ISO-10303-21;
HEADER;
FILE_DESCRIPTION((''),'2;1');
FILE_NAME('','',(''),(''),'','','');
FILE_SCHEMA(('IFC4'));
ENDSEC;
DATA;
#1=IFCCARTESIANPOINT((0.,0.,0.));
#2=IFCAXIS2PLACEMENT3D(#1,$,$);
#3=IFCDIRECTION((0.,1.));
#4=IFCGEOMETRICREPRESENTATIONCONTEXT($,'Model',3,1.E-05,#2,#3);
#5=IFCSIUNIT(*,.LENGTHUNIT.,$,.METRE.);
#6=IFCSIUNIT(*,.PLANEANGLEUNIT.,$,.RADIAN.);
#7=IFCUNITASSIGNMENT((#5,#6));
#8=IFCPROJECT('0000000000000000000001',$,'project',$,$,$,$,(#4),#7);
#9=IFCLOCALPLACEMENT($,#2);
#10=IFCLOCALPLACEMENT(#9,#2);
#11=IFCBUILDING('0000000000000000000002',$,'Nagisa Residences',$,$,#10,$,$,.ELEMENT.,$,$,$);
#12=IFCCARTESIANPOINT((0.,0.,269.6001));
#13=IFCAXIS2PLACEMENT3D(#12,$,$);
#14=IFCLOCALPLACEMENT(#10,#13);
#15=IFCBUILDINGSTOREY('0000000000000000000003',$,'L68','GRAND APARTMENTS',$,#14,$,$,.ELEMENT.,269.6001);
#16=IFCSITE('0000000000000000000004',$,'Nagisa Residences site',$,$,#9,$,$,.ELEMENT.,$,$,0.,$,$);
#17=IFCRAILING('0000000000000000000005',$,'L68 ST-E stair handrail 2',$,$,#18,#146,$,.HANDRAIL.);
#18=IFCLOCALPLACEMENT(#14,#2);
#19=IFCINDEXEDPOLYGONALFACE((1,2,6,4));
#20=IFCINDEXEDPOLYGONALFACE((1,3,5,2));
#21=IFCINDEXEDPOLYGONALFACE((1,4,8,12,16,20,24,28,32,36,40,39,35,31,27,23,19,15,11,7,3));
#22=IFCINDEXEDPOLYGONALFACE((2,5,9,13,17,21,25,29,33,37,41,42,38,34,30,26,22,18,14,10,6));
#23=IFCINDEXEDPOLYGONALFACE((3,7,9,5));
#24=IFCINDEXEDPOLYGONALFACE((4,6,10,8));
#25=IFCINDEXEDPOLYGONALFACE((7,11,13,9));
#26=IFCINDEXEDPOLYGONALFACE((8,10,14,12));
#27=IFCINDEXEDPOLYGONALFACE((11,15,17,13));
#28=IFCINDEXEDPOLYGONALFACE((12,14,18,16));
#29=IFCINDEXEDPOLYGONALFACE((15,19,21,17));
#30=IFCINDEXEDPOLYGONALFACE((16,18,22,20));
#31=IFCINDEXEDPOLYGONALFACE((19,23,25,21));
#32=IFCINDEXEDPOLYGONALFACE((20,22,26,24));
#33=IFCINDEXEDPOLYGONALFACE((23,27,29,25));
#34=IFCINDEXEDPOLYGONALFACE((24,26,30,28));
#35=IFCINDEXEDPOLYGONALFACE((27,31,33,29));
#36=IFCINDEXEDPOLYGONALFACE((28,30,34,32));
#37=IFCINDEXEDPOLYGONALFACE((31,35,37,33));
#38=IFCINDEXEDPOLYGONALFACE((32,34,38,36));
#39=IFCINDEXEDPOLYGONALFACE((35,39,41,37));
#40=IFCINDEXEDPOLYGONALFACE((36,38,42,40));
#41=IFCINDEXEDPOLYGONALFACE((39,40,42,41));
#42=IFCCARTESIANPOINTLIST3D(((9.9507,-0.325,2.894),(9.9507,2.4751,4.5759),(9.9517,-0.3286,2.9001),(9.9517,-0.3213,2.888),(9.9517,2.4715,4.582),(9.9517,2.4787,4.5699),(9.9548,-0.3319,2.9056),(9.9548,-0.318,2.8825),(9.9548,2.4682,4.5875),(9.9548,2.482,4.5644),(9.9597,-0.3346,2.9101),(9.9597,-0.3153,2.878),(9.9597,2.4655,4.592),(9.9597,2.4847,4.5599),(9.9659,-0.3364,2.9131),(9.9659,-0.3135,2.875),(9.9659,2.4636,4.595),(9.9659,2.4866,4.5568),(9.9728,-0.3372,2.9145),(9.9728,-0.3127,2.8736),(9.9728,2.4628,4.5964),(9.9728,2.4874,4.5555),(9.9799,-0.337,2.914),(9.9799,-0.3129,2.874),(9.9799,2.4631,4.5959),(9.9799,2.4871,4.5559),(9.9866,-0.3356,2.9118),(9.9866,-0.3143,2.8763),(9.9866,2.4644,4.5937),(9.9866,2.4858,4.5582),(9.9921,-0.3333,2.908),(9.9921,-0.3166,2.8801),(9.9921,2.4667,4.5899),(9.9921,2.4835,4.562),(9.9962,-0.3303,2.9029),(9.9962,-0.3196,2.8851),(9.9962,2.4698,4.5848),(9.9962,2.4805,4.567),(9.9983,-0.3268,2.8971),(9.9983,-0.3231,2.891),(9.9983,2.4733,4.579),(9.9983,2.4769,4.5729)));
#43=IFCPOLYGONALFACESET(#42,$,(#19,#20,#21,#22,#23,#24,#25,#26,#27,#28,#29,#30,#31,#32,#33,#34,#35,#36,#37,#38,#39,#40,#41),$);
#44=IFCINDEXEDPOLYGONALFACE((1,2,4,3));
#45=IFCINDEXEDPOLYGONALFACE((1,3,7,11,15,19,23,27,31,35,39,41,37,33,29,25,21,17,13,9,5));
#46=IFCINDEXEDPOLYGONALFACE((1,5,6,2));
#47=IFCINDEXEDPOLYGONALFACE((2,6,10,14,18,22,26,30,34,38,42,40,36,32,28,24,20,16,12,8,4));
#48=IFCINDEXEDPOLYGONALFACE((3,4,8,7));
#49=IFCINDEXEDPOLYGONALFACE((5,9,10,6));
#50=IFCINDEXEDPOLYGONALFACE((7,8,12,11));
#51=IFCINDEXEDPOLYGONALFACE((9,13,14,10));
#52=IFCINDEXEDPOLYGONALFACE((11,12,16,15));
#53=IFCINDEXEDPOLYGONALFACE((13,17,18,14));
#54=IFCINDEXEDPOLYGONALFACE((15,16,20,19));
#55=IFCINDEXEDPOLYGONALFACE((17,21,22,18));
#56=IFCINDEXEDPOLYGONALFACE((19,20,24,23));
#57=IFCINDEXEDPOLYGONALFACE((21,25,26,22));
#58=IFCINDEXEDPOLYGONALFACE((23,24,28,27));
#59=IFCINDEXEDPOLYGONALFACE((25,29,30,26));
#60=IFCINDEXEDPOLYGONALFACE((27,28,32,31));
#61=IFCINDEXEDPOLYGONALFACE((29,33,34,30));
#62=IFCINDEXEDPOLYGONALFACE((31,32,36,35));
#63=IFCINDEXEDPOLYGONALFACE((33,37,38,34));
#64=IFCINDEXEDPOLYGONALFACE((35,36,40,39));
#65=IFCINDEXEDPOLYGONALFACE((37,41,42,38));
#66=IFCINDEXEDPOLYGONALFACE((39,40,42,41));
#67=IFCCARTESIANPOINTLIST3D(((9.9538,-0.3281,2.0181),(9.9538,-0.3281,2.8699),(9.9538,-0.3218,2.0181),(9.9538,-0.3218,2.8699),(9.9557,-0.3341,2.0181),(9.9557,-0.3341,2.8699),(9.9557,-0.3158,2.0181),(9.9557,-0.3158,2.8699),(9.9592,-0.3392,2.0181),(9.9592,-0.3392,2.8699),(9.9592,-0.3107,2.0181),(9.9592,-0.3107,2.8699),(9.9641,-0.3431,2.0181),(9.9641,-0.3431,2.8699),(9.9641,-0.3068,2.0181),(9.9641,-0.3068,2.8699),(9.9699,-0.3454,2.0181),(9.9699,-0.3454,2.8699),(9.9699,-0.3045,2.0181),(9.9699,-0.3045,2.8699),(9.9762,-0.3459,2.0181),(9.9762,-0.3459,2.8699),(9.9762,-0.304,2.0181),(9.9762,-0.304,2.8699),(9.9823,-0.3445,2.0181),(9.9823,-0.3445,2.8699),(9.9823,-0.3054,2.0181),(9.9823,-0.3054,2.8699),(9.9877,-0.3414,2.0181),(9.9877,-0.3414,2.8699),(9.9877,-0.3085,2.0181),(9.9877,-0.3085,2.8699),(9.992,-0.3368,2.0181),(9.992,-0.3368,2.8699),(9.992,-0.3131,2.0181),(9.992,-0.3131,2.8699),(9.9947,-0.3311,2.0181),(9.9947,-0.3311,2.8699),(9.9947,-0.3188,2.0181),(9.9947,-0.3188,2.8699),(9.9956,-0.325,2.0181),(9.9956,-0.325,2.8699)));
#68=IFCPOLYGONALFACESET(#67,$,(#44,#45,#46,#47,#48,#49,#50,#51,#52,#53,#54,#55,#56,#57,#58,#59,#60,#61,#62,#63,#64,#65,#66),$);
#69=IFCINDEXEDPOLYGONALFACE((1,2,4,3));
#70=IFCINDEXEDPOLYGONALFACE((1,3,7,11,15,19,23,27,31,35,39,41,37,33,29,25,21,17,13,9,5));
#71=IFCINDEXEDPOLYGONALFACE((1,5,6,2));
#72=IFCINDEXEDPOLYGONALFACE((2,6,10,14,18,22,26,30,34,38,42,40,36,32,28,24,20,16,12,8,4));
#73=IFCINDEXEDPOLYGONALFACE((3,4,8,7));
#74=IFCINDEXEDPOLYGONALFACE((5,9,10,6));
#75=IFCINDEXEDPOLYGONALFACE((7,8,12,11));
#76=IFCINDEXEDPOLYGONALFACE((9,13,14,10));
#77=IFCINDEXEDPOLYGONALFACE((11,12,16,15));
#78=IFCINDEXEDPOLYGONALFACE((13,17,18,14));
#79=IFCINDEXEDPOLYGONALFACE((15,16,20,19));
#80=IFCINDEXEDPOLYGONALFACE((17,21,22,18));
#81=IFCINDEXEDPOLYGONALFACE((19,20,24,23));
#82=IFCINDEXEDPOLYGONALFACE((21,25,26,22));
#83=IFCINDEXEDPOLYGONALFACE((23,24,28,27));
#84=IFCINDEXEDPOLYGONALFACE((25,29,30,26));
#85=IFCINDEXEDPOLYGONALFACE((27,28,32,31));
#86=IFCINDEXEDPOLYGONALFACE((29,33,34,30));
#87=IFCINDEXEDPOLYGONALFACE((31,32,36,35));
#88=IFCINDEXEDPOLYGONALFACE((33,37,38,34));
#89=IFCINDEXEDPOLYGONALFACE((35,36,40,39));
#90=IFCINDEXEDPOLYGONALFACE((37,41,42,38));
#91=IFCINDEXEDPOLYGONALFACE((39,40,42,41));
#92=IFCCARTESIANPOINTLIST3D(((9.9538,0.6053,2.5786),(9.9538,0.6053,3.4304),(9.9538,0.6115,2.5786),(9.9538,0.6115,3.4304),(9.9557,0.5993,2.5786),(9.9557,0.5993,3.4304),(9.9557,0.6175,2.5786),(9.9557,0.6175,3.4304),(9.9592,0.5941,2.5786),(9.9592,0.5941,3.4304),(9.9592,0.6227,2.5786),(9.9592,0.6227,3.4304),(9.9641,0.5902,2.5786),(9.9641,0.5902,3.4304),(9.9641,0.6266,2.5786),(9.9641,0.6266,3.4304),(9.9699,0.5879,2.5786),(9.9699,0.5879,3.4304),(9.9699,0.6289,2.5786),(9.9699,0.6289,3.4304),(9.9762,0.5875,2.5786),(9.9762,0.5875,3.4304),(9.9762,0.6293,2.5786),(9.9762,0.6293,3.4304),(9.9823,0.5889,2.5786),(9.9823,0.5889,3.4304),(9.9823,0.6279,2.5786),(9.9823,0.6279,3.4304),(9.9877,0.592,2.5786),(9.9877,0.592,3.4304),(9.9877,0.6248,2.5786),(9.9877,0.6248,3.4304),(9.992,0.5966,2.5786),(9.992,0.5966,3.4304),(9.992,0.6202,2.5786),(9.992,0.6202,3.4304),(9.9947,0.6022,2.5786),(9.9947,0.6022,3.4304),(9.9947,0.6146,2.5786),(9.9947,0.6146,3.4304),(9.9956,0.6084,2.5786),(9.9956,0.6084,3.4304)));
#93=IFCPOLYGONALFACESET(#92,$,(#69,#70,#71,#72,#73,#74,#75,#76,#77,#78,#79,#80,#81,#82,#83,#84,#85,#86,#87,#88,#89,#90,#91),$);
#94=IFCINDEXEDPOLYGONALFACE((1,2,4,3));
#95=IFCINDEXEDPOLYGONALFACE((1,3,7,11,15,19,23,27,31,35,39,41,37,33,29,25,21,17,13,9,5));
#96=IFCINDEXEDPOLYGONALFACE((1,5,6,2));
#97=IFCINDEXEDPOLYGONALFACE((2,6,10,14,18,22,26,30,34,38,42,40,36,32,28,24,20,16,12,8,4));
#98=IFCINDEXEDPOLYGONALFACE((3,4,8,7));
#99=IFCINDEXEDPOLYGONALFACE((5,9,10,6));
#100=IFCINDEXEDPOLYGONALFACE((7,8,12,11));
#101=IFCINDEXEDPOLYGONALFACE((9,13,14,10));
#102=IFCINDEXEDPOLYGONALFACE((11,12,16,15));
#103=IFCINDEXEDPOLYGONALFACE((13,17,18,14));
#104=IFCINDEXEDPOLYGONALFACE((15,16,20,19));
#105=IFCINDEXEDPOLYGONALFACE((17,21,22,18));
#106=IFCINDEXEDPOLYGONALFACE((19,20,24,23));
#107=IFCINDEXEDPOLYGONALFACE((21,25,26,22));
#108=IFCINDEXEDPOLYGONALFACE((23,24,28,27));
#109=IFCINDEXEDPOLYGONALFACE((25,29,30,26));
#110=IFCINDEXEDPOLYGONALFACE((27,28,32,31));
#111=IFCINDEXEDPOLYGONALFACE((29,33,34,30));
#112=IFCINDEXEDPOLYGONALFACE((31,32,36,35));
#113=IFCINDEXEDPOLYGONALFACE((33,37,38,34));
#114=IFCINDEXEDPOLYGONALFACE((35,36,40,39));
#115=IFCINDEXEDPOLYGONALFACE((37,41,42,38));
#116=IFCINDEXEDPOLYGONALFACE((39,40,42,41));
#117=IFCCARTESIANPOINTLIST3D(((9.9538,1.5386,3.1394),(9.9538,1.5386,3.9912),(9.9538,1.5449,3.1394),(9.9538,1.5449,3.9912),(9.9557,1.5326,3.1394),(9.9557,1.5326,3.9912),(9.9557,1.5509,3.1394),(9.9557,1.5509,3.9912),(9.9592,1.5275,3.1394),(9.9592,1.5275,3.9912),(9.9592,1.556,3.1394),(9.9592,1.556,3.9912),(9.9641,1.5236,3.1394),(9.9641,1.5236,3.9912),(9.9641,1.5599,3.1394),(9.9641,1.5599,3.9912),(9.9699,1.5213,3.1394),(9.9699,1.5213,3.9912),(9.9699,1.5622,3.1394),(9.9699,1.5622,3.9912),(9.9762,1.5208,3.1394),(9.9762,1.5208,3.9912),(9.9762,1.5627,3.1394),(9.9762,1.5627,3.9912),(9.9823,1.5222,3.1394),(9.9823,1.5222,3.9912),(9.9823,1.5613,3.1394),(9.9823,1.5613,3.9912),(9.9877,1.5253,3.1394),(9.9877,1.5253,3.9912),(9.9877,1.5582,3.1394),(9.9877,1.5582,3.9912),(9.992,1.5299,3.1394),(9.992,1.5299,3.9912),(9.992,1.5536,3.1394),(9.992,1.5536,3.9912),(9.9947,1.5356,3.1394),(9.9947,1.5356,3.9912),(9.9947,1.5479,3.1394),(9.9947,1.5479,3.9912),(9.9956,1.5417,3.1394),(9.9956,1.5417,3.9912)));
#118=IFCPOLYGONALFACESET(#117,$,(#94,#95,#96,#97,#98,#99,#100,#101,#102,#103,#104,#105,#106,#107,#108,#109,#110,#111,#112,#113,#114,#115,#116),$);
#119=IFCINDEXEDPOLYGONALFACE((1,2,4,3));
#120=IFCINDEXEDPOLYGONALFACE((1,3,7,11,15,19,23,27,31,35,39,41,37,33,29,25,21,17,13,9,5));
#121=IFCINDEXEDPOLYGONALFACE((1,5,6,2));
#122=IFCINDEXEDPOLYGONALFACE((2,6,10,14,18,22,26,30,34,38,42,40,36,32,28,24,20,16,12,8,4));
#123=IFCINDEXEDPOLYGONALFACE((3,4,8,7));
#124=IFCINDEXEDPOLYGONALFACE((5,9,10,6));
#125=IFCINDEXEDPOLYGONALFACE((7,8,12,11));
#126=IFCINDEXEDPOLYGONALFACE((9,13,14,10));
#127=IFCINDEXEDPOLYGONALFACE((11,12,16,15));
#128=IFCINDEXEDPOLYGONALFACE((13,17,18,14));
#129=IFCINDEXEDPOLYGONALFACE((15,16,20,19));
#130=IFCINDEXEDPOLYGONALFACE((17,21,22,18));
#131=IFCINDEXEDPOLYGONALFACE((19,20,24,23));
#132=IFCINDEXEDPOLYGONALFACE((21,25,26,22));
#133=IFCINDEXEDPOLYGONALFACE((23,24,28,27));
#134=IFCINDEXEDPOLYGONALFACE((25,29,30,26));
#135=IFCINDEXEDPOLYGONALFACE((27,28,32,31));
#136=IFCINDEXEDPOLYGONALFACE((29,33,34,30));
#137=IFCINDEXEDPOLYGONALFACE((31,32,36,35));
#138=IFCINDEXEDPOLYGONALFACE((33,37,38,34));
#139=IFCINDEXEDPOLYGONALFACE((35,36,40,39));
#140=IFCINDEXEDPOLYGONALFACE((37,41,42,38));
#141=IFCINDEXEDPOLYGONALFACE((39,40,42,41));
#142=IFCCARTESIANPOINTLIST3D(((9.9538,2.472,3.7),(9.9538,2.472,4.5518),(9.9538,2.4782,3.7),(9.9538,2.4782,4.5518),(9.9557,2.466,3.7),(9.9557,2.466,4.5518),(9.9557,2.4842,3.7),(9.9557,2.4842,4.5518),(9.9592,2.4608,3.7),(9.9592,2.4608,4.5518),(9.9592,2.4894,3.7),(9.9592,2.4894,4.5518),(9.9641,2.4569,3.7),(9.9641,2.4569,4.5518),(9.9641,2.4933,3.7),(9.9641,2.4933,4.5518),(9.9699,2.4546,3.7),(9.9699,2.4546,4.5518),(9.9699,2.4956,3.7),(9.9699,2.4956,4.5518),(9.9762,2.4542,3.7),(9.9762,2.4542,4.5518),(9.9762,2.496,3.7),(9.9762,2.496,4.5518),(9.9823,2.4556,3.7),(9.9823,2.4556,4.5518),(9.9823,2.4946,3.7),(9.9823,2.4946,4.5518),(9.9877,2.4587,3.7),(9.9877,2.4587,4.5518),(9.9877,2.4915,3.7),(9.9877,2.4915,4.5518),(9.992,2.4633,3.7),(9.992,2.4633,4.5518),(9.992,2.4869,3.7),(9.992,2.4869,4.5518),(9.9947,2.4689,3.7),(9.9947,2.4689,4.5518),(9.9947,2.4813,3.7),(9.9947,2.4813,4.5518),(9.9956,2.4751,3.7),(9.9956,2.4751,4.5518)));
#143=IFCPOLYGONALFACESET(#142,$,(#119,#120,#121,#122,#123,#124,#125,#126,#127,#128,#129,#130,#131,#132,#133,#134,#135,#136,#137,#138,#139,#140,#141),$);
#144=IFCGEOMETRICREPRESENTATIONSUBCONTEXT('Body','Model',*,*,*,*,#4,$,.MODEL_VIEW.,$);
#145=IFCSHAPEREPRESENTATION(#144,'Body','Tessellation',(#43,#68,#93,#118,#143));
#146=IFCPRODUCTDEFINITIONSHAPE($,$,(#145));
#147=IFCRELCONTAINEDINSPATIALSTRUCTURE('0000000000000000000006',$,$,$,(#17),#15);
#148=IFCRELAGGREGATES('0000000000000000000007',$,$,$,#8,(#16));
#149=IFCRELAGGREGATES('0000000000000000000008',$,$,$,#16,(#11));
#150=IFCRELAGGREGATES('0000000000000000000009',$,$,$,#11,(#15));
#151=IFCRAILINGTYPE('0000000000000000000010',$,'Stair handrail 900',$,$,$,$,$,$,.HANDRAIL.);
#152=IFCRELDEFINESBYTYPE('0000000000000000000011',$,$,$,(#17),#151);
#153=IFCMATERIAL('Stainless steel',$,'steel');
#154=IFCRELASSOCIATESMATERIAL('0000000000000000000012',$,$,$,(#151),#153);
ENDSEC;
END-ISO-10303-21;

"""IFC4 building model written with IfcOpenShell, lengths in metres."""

from ifc_helpers import new_model, si_unit, direction, frame, origin, origin_2d, place, context, subcontext, project, spatial, circle, extrude, material, type_object, element, save


model = new_model("IFC4")

# Units and contexts
model_context = context("Model", 3, precision=1e-05, world=origin(), true_north=direction((0.0, 1.0)))
body_context = subcontext(model_context, "Body", "Model", "MODEL_VIEW")
ifc_project = project(units=[si_unit("LENGTHUNIT", "METRE"), si_unit("PLANEANGLEUNIT", "RADIAN")], contexts=[model_context])

# Site, building, storey
site_placement = place(None, origin())
site = spatial("IfcSite", under=ifc_project, at=site_placement, Name="Nagisa Residences site", CompositionType="ELEMENT", RefElevation=0.0)
building_placement = place(site_placement, origin())
building = spatial("IfcBuilding", under=site, at=building_placement, Name="Nagisa Residences", CompositionType="ELEMENT")
storey_placement = place(building_placement, frame((0.0, 0.0, 269.6001)))
storey = spatial("IfcBuildingStorey", under=building, at=storey_placement, Name="L68", Description="GRAND APARTMENTS", CompositionType="ELEMENT", Elevation=269.6001)

# Railing
ifc_material_1 = material(Name="Stainless steel", Category="steel")
railing_type_1 = type_object("IfcRailingType", Name="Stair handrail 900", PredefinedType="HANDRAIL", material=ifc_material_1)
railing_1_placement = place(storey_placement, frame((9.9746, -0.325, 2.0181)))
element("IfcRailing", 1, at=railing_1_placement, inside=storey, type_object=railing_type_1, Name="L68 ST-E stair handrail 2", PredefinedType="HANDRAIL", context=body_context, shape_type="SweptSolid", body=[
    extrude(circle(Radius=0.0239, at=origin_2d()), frame((0.0, 0.0, 0.876), z_axis=(0.0, 0.857242, 0.514913), x_axis=(-1.0, 0.0, 0.0)), (0.0, 0.0, 1.0), 3.2664),
    extrude(circle(Radius=0.021, at=origin_2d()), origin(), (0.0, 0.0, 1.0), 0.8518),
    extrude(circle(Radius=0.021, at=origin_2d()), frame((0.0, 0.9333, 0.5605)), (0.0, 0.0, 1.0), 0.8518),
    extrude(circle(Radius=0.021, at=origin_2d()), frame((0.0, 1.8667, 1.1213)), (0.0, 0.0, 1.0), 0.8518),
    extrude(circle(Radius=0.021, at=origin_2d()), frame((0.0, 2.8, 1.6819)), (0.0, 0.0, 1.0), 0.8518),
])

save(model, "model.ifc")
